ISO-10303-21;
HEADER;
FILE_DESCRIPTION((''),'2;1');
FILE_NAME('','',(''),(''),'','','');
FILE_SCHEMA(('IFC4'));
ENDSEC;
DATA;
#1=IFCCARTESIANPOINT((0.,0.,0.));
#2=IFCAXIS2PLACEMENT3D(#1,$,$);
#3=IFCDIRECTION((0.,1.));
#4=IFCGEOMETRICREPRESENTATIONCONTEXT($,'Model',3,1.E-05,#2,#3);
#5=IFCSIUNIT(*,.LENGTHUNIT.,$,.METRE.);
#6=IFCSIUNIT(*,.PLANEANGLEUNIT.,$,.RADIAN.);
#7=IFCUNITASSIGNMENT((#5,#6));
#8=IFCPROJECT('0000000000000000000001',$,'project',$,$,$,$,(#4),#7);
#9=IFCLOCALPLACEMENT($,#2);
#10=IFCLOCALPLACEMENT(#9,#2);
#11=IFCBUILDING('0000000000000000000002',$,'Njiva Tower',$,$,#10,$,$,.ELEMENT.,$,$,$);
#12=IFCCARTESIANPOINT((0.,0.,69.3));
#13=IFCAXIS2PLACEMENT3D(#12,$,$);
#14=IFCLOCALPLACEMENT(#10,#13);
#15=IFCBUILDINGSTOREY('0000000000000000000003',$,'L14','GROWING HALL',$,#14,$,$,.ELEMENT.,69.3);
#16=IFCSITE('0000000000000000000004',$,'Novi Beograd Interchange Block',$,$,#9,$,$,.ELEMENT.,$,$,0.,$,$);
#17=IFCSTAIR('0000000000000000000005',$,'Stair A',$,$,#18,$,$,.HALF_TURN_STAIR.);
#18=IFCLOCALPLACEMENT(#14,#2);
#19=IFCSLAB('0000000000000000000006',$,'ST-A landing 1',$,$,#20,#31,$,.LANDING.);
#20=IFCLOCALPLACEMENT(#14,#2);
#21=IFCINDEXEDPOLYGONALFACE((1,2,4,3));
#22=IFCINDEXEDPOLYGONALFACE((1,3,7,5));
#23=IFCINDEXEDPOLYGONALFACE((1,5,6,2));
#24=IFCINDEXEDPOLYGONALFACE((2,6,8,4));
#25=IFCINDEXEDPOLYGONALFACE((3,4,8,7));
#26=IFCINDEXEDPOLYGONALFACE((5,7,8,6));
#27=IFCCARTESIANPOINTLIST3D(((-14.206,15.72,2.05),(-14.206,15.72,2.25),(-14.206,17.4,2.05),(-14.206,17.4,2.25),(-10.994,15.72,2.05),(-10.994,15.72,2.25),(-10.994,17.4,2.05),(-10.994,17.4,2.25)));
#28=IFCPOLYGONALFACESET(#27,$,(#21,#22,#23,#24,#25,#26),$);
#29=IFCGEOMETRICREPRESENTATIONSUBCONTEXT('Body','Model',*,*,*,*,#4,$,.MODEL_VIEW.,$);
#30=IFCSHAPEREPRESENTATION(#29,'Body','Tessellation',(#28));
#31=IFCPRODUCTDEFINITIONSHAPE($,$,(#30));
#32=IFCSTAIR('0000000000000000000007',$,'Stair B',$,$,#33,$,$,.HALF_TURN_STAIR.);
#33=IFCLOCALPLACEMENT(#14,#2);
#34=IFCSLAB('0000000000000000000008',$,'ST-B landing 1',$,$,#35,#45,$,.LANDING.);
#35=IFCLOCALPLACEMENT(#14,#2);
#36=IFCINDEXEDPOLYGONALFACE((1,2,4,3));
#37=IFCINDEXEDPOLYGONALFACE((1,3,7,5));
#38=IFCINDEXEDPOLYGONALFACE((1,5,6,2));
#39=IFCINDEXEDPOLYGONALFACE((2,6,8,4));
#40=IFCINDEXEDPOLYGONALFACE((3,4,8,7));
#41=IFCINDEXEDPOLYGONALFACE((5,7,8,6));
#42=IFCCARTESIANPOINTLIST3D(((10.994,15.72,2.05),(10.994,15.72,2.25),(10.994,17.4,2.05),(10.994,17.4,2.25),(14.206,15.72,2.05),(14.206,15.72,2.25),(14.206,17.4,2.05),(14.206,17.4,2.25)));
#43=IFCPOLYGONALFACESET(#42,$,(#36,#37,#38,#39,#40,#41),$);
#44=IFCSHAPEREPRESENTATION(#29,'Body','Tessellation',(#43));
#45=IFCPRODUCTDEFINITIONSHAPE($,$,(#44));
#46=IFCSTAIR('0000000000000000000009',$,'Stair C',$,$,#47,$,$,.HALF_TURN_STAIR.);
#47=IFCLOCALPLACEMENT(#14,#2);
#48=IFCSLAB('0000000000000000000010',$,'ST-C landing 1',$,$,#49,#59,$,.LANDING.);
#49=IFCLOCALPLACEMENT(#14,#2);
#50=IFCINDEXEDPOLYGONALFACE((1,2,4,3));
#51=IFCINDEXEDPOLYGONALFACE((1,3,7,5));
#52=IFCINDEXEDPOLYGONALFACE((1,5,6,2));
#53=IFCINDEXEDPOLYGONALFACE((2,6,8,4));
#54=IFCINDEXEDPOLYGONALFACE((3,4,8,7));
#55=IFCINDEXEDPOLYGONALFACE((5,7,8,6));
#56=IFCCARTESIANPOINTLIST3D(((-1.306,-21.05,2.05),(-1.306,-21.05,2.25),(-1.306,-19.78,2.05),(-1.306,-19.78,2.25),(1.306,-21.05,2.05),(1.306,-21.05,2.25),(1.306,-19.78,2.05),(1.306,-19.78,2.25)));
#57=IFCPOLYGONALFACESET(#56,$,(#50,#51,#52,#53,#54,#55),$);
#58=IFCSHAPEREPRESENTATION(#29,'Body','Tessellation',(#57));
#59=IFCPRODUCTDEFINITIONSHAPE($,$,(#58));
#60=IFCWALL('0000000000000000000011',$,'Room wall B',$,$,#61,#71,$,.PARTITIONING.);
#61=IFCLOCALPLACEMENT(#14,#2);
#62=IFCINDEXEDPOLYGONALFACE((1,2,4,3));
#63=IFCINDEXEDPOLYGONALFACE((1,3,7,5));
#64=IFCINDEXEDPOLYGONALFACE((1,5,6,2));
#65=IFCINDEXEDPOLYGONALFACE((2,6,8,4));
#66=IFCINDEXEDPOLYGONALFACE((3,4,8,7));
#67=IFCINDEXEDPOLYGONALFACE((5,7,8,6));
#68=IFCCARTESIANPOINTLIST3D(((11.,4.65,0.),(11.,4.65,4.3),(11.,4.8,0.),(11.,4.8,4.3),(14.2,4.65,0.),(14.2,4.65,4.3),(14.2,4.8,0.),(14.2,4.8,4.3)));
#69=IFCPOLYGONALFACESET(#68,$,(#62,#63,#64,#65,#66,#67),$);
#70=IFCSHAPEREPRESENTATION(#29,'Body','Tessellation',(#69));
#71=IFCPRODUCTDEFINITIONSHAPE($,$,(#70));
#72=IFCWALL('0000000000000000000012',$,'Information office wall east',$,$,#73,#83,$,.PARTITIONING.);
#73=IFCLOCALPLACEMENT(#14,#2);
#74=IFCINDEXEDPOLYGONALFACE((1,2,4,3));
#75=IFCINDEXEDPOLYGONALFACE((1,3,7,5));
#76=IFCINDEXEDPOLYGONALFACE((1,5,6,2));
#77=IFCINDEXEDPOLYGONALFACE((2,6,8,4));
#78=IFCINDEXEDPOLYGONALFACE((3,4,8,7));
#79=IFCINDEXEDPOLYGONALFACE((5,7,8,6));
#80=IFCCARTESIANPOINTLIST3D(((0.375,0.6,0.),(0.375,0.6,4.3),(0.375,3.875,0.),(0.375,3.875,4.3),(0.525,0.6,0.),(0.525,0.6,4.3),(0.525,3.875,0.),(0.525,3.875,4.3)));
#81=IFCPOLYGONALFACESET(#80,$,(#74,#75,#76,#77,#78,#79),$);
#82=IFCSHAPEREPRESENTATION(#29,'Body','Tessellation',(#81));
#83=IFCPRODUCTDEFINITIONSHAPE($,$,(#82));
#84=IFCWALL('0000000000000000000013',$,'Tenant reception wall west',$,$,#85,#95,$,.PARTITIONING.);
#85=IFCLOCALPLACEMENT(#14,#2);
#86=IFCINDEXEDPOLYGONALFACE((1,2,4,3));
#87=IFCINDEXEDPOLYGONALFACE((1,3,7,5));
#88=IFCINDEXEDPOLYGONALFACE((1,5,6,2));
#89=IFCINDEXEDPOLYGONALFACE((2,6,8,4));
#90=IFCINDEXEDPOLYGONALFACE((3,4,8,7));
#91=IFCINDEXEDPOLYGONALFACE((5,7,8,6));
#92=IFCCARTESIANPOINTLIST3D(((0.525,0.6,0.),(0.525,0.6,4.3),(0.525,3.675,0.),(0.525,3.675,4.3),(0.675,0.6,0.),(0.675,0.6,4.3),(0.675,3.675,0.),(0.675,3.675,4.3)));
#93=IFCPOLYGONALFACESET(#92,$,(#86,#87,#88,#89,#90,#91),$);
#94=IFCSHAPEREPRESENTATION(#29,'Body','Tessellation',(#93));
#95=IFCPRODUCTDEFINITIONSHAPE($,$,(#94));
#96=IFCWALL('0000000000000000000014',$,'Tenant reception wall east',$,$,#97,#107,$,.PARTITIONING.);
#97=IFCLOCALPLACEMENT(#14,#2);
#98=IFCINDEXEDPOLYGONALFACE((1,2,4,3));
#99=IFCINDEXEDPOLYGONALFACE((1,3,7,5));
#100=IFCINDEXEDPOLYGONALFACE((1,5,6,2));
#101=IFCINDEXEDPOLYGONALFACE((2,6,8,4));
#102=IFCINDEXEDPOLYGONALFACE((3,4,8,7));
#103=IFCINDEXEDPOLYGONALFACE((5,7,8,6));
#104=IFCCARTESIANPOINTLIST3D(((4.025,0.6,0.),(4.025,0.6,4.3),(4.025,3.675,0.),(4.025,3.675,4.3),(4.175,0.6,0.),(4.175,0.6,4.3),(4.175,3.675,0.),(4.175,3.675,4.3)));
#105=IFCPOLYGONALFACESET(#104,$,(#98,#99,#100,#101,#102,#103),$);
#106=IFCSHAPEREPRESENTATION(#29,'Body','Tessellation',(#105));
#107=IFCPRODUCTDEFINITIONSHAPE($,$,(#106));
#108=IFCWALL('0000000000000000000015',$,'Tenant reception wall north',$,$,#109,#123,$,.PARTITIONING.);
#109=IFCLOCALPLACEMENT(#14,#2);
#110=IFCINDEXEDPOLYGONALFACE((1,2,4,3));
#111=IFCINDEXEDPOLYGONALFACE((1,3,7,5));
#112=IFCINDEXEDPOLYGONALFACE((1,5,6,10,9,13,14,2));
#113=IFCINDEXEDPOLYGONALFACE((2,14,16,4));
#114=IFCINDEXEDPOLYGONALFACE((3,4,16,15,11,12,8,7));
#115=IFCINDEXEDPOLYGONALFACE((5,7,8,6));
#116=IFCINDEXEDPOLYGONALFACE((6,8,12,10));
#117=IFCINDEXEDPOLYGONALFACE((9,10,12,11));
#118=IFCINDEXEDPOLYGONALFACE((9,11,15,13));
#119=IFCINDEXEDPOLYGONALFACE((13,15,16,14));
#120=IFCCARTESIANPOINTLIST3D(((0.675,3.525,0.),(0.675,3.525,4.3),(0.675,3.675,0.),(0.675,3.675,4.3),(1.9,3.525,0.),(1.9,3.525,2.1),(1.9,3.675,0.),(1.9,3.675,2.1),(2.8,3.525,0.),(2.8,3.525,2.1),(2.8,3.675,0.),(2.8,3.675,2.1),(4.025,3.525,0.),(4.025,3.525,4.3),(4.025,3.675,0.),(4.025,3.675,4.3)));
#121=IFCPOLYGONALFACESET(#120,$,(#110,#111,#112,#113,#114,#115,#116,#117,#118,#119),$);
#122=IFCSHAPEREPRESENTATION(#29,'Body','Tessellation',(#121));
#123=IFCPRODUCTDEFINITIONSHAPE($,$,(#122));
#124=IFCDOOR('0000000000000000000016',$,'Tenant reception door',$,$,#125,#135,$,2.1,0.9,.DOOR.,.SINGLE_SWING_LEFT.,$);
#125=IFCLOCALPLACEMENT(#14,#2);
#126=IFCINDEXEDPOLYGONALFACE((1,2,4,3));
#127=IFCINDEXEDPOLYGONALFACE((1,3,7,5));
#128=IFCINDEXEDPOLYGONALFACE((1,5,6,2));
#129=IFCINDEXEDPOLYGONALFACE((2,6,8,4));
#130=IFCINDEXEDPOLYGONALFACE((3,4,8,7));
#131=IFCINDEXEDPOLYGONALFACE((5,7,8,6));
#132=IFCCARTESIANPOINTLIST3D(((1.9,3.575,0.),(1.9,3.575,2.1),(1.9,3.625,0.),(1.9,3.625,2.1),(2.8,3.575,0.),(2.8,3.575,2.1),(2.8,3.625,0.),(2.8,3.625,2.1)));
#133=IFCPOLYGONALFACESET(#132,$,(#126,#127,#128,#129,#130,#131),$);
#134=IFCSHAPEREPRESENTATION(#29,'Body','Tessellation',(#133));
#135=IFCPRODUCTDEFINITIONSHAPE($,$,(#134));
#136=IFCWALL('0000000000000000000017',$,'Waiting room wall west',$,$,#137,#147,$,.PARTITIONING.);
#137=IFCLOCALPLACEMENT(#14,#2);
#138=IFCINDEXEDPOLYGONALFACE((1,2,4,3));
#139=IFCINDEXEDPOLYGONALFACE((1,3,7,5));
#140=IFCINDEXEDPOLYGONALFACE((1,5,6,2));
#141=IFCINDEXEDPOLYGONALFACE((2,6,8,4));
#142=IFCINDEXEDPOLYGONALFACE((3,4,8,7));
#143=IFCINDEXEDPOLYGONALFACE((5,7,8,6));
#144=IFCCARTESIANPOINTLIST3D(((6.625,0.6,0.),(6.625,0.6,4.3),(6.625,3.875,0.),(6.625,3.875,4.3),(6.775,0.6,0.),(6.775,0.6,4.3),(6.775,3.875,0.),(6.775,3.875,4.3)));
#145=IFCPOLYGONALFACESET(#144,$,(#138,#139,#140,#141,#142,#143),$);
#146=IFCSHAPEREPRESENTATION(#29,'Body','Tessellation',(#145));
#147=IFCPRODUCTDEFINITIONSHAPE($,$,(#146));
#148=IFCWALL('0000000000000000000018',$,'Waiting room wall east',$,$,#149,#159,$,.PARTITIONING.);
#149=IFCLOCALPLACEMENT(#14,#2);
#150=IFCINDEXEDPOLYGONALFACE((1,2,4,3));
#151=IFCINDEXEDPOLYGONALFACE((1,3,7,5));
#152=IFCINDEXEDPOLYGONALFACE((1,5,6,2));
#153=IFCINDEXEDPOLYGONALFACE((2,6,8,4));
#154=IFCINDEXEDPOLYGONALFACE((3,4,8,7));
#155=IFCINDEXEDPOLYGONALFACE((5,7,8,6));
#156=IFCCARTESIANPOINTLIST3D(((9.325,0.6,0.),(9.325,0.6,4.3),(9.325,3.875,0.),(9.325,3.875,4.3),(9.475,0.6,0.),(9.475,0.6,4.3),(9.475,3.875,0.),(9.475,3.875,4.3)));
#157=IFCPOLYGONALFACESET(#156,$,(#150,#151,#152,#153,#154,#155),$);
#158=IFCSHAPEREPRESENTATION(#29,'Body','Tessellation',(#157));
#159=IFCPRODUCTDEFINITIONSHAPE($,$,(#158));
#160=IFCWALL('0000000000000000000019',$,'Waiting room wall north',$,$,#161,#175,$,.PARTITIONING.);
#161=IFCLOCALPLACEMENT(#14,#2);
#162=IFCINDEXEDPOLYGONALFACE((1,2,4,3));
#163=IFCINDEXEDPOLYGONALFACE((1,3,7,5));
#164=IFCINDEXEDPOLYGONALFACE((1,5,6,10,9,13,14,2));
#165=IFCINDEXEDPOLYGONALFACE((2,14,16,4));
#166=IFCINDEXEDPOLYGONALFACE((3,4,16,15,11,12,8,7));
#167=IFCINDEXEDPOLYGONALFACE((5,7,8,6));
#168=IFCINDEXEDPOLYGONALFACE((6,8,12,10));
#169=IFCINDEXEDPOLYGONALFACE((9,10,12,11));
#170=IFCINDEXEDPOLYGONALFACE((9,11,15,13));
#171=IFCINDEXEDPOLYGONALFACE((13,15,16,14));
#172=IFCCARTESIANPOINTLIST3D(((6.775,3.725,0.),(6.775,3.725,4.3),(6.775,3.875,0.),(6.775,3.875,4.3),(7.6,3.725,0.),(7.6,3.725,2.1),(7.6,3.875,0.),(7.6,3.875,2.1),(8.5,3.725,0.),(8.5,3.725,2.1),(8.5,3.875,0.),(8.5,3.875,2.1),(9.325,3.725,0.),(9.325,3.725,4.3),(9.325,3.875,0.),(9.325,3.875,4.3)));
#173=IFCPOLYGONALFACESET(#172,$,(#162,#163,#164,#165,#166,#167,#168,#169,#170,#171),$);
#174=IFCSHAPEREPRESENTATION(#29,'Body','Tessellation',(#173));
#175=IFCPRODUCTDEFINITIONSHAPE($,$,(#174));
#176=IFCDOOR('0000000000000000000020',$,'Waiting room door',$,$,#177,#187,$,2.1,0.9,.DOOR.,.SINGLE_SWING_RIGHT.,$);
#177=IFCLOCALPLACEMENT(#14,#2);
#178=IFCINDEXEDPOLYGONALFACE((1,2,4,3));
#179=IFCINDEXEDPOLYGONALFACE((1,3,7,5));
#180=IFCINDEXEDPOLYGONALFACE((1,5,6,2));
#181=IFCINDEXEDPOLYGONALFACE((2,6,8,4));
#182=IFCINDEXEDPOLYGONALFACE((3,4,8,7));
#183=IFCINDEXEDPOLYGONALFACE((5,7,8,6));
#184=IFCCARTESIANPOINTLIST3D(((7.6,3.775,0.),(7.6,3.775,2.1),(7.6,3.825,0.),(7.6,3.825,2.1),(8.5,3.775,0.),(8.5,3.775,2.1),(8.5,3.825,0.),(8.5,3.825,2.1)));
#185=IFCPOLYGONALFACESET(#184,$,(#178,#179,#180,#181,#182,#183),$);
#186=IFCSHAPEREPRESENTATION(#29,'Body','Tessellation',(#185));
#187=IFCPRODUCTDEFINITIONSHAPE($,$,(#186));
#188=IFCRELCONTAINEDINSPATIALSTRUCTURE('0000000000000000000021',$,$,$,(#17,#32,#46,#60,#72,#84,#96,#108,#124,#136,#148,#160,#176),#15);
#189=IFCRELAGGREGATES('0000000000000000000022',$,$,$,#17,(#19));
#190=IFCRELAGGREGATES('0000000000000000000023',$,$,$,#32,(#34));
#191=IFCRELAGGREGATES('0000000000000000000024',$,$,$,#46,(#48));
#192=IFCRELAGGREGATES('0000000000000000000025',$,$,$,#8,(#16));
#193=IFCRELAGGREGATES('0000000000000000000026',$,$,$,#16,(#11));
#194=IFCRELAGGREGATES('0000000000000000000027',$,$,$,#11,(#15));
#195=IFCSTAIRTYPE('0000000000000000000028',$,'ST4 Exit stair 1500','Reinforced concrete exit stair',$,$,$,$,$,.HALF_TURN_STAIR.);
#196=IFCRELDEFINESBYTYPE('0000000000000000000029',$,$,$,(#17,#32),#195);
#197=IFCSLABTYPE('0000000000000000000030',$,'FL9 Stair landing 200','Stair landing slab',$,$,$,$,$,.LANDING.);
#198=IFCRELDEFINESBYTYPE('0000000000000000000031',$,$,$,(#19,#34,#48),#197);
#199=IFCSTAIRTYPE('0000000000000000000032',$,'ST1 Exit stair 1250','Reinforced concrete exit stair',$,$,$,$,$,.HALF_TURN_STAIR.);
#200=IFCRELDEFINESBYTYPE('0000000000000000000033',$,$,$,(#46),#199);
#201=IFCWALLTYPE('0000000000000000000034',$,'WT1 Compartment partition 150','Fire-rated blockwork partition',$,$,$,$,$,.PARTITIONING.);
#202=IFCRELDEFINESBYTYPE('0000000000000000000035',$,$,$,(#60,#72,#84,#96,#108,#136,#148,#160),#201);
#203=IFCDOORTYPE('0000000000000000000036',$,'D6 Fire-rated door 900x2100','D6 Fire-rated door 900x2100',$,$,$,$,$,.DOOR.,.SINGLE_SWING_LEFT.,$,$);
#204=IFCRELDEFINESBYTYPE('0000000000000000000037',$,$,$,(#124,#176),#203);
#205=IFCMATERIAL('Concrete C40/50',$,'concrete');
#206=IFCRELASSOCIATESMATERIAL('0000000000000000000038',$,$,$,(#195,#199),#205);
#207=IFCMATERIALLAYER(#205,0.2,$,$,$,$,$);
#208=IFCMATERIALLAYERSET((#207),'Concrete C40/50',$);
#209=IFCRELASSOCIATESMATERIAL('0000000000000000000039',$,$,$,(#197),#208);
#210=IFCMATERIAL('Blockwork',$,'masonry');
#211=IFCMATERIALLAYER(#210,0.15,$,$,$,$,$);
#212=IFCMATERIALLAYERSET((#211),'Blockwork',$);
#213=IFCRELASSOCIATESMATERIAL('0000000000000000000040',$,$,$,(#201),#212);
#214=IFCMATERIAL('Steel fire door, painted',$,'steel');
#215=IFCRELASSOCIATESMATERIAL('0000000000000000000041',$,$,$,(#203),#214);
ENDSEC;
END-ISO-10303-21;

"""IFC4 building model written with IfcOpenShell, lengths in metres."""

from ifc_helpers import new_model, si_unit, direction, frame, frame_2d, origin, place, context, subcontext, project, spatial, polyline, rectangle, outline, extrude, material, layer, layer_set, type_object, element, fill, aggregate, save


model = new_model("IFC4")

# Units and contexts
model_context = context("Model", 3, precision=1e-05, world=origin(), true_north=direction((0.0, 1.0)))
body_context = subcontext(model_context, "Body", "Model", "MODEL_VIEW")
ifc_project = project(units=[si_unit("LENGTHUNIT", "METRE"), si_unit("PLANEANGLEUNIT", "RADIAN")], contexts=[model_context])

# Site, building, storey
site_placement = place(None, origin())
site = spatial("IfcSite", under=ifc_project, at=site_placement, Name="Novi Beograd Interchange Block", CompositionType="ELEMENT", RefElevation=0.0)
building_placement = place(site_placement, origin())
building = spatial("IfcBuilding", under=site, at=building_placement, Name="Njiva Tower", CompositionType="ELEMENT")
storey_placement = place(building_placement, frame((0.0, 0.0, 69.3)))
storey = spatial("IfcBuildingStorey", under=building, at=storey_placement, Name="L14", Description="GROWING HALL", CompositionType="ELEMENT", Elevation=69.3)

# Stairs, slabs
ifc_material_1 = material(Name="Concrete C40/50", Category="concrete")
stair_type_1 = type_object("IfcStairType", Name="ST4 Exit stair 1500", Description="Reinforced concrete exit stair", PredefinedType="HALF_TURN_STAIR", material=ifc_material_1)
stair_1_placement = place(storey_placement, origin())
stair_1 = element("IfcStair", 1, at=stair_1_placement, inside=storey, type_object=stair_type_1, Name="Stair A", PredefinedType="HALF_TURN_STAIR")
ifc_layer_1 = layer(ifc_material_1, 0.2)
ifc_layer_set_1 = layer_set([ifc_layer_1], Name="Concrete C40/50")
slab_type = type_object("IfcSlabType", Name="FL9 Stair landing 200", Description="Stair landing slab", PredefinedType="LANDING", material=ifc_layer_set_1)
slab_1_placement = place(storey_placement, frame((0.0, 0.0, 2.05)))
slab_1 = element("IfcSlab", 2, at=slab_1_placement, type_object=slab_type, Name="ST-A landing 1", PredefinedType="LANDING", context=body_context, shape_type="SweptSolid", body=[
    extrude(outline(polyline([(-14.206, 15.72), (-10.994, 15.72), (-10.994, 17.4), (-14.206, 17.4), (-14.206, 15.72)])), origin(), (0.0, 0.0, 1.0), 0.2),
])
aggregate(stair_1, [slab_1])
stair_2_placement = place(storey_placement, origin())
stair_2 = element("IfcStair", 3, at=stair_2_placement, inside=storey, type_object=stair_type_1, Name="Stair B", PredefinedType="HALF_TURN_STAIR")
slab_2_placement = place(storey_placement, frame((0.0, 0.0, 2.05)))
slab_2 = element("IfcSlab", 4, at=slab_2_placement, type_object=slab_type, Name="ST-B landing 1", PredefinedType="LANDING", context=body_context, shape_type="SweptSolid", body=[
    extrude(outline(polyline([(10.994, 15.72), (14.206, 15.72), (14.206, 17.4), (10.994, 17.4), (10.994, 15.72)])), origin(), (0.0, 0.0, 1.0), 0.2),
])
aggregate(stair_2, [slab_2])
stair_type_2 = type_object("IfcStairType", Name="ST1 Exit stair 1250", Description="Reinforced concrete exit stair", PredefinedType="HALF_TURN_STAIR", material=ifc_material_1)
stair_3_placement = place(storey_placement, origin())
stair_3 = element("IfcStair", 5, at=stair_3_placement, inside=storey, type_object=stair_type_2, Name="Stair C", PredefinedType="HALF_TURN_STAIR")
slab_3_placement = place(storey_placement, frame((0.0, 0.0, 2.05)))
slab_3 = element("IfcSlab", 6, at=slab_3_placement, type_object=slab_type, Name="ST-C landing 1", PredefinedType="LANDING", context=body_context, shape_type="SweptSolid", body=[
    extrude(outline(polyline([(-1.306, -21.05), (1.306, -21.05), (1.306, -19.78), (-1.306, -19.78), (-1.306, -21.05)])), origin(), (0.0, 0.0, 1.0), 0.2),
])
aggregate(stair_3, [slab_3])

# Walls
ifc_material_2 = material(Name="Blockwork", Category="masonry")
ifc_layer_2 = layer(ifc_material_2, 0.15)
ifc_layer_set_2 = layer_set([ifc_layer_2], Name="Blockwork")
wall_type_1 = type_object("IfcWallType", Name="WT1 Compartment partition 150", Description="Fire-rated blockwork partition", PredefinedType="PARTITIONING", material=ifc_layer_set_2)
wall_1_placement = place(storey_placement, frame((11.0, 4.725, 0.0), z_axis=(0.0, 0.0, 1.0), x_axis=(1.0, 0.0, 0.0)))
element("IfcWall", 7, at=wall_1_placement, inside=storey, type_object=wall_type_1, Name="Room wall B", PredefinedType="PARTITIONING", context=body_context, shape_type="SweptSolid", body=[
    extrude(rectangle(XDim=3.2, YDim=0.15, at=frame_2d((1.6, 0.0))), origin(), (0.0, 0.0, 1.0), 4.3),
])
wall_2_placement = place(storey_placement, frame((0.45, 0.6, 0.0), z_axis=(0.0, 0.0, 1.0), x_axis=(0.0, 1.0, 0.0)))
element("IfcWall", 8, at=wall_2_placement, inside=storey, type_object=wall_type_1, Name="Information office wall east", PredefinedType="PARTITIONING", context=body_context, shape_type="SweptSolid", body=[
    extrude(rectangle(XDim=3.275, YDim=0.15, at=frame_2d((1.6375, 0.0))), origin(), (0.0, 0.0, 1.0), 4.3),
])
for number, where, z_axis, x_axis, name in (
    (9, (0.6, 0.6, 0.0), (0.0, 0.0, 1.0), (0.0, 1.0, 0.0), "Tenant reception wall west"),
    (10, (4.1, 0.6, 0.0), (0.0, 0.0, 1.0), (0.0, 1.0, 0.0), "Tenant reception wall east"),
):
    element("IfcWall", number, at=place(storey_placement, frame(where, z_axis=z_axis, x_axis=x_axis)), inside=storey, type_object=wall_type_1, Name=name, PredefinedType="PARTITIONING", context=body_context, shape_type="SweptSolid", body=[
        extrude(rectangle(XDim=3.075, YDim=0.15, at=frame_2d((1.5375, 0.0))), origin(), (0.0, 0.0, 1.0), 4.3),
    ])

# Wall, opening, door
wall_3_placement = place(storey_placement, frame((0.675, 3.6, 0.0), z_axis=(0.0, 0.0, 1.0), x_axis=(1.0, 0.0, 0.0)))
wall_3 = element("IfcWall", 11, at=wall_3_placement, inside=storey, type_object=wall_type_1, Name="Tenant reception wall north", PredefinedType="PARTITIONING", context=body_context, shape_type="SweptSolid", body=[
    extrude(rectangle(XDim=3.35, YDim=0.15, at=frame_2d((1.675, 0.0))), origin(), (0.0, 0.0, 1.0), 4.3),
])
opening_1_placement = place(wall_3_placement, frame((1.225, 0.0, 0.0)))
opening_1 = element("IfcOpeningElement", 12, at=opening_1_placement, cuts=wall_3, PredefinedType="OPENING", context=body_context, shape_type="SweptSolid", body=[
    extrude(rectangle(XDim=0.9, YDim=2.1, at=frame_2d((0.45, 1.05))), frame((0.0, 0.085, 0.0), z_axis=(0.0, -1.0, 0.0), x_axis=(1.0, 0.0, 0.0)), (0.0, 0.0, 1.0), 0.17),
])
ifc_material_3 = material(Name="Steel fire door, painted", Category="steel")
door_type_1 = type_object("IfcDoorType", Name="D6 Fire-rated door 900x2100", Description="D6 Fire-rated door 900x2100", OperationType="SINGLE_SWING_LEFT", PredefinedType="DOOR", material=ifc_material_3)
door_1_placement = place(opening_1_placement, origin())
door_1 = element("IfcDoor", 13, at=door_1_placement, inside=storey, type_object=door_type_1, Name="Tenant reception door", OperationType="SINGLE_SWING_LEFT", OverallHeight=2.1, OverallWidth=0.9, PredefinedType="DOOR", context=body_context, shape_type="SweptSolid", body=[
    extrude(rectangle(XDim=0.9, YDim=2.1, at=frame_2d((0.45, 1.05))), frame((0.0, 0.025, 0.0), z_axis=(0.0, -1.0, 0.0), x_axis=(1.0, 0.0, 0.0)), (0.0, 0.0, 1.0), 0.05),
])
fill(opening_1, door_1)

# Walls
for number, where, z_axis, x_axis, name in (
    (14, (6.7, 0.6, 0.0), (0.0, 0.0, 1.0), (0.0, 1.0, 0.0), "Waiting room wall west"),
    (15, (9.4, 0.6, 0.0), (0.0, 0.0, 1.0), (0.0, 1.0, 0.0), "Waiting room wall east"),
):
    element("IfcWall", number, at=place(storey_placement, frame(where, z_axis=z_axis, x_axis=x_axis)), inside=storey, type_object=wall_type_1, Name=name, PredefinedType="PARTITIONING", context=body_context, shape_type="SweptSolid", body=[
        extrude(rectangle(XDim=3.275, YDim=0.15, at=frame_2d((1.6375, 0.0))), origin(), (0.0, 0.0, 1.0), 4.3),
    ])

# Wall, opening, door
wall_4_placement = place(storey_placement, frame((6.775, 3.8, 0.0), z_axis=(0.0, 0.0, 1.0), x_axis=(1.0, 0.0, 0.0)))
wall_4 = element("IfcWall", 16, at=wall_4_placement, inside=storey, type_object=wall_type_1, Name="Waiting room wall north", PredefinedType="PARTITIONING", context=body_context, shape_type="SweptSolid", body=[
    extrude(rectangle(XDim=2.55, YDim=0.15, at=frame_2d((1.275, 0.0))), origin(), (0.0, 0.0, 1.0), 4.3),
])
opening_2_placement = place(wall_4_placement, frame((0.825, 0.0, 0.0)))
opening_2 = element("IfcOpeningElement", 17, at=opening_2_placement, cuts=wall_4, PredefinedType="OPENING", context=body_context, shape_type="SweptSolid", body=[
    extrude(rectangle(XDim=0.9, YDim=2.1, at=frame_2d((0.45, 1.05))), frame((0.0, 0.085, 0.0), z_axis=(0.0, -1.0, 0.0), x_axis=(1.0, 0.0, 0.0)), (0.0, 0.0, 1.0), 0.17),
])
door_2_placement = place(opening_2_placement, origin())
door_2 = element("IfcDoor", 18, at=door_2_placement, inside=storey, type_object=door_type_1, Name="Waiting room door", OperationType="SINGLE_SWING_RIGHT", OverallHeight=2.1, OverallWidth=0.9, PredefinedType="DOOR", context=body_context, shape_type="SweptSolid", body=[
    extrude(rectangle(XDim=0.9, YDim=2.1, at=frame_2d((0.45, 1.05))), frame((0.0, 0.025, 0.0), z_axis=(0.0, -1.0, 0.0), x_axis=(1.0, 0.0, 0.0)), (0.0, 0.0, 1.0), 0.05),
])
fill(opening_2, door_2)

save(model, "model.ifc")
